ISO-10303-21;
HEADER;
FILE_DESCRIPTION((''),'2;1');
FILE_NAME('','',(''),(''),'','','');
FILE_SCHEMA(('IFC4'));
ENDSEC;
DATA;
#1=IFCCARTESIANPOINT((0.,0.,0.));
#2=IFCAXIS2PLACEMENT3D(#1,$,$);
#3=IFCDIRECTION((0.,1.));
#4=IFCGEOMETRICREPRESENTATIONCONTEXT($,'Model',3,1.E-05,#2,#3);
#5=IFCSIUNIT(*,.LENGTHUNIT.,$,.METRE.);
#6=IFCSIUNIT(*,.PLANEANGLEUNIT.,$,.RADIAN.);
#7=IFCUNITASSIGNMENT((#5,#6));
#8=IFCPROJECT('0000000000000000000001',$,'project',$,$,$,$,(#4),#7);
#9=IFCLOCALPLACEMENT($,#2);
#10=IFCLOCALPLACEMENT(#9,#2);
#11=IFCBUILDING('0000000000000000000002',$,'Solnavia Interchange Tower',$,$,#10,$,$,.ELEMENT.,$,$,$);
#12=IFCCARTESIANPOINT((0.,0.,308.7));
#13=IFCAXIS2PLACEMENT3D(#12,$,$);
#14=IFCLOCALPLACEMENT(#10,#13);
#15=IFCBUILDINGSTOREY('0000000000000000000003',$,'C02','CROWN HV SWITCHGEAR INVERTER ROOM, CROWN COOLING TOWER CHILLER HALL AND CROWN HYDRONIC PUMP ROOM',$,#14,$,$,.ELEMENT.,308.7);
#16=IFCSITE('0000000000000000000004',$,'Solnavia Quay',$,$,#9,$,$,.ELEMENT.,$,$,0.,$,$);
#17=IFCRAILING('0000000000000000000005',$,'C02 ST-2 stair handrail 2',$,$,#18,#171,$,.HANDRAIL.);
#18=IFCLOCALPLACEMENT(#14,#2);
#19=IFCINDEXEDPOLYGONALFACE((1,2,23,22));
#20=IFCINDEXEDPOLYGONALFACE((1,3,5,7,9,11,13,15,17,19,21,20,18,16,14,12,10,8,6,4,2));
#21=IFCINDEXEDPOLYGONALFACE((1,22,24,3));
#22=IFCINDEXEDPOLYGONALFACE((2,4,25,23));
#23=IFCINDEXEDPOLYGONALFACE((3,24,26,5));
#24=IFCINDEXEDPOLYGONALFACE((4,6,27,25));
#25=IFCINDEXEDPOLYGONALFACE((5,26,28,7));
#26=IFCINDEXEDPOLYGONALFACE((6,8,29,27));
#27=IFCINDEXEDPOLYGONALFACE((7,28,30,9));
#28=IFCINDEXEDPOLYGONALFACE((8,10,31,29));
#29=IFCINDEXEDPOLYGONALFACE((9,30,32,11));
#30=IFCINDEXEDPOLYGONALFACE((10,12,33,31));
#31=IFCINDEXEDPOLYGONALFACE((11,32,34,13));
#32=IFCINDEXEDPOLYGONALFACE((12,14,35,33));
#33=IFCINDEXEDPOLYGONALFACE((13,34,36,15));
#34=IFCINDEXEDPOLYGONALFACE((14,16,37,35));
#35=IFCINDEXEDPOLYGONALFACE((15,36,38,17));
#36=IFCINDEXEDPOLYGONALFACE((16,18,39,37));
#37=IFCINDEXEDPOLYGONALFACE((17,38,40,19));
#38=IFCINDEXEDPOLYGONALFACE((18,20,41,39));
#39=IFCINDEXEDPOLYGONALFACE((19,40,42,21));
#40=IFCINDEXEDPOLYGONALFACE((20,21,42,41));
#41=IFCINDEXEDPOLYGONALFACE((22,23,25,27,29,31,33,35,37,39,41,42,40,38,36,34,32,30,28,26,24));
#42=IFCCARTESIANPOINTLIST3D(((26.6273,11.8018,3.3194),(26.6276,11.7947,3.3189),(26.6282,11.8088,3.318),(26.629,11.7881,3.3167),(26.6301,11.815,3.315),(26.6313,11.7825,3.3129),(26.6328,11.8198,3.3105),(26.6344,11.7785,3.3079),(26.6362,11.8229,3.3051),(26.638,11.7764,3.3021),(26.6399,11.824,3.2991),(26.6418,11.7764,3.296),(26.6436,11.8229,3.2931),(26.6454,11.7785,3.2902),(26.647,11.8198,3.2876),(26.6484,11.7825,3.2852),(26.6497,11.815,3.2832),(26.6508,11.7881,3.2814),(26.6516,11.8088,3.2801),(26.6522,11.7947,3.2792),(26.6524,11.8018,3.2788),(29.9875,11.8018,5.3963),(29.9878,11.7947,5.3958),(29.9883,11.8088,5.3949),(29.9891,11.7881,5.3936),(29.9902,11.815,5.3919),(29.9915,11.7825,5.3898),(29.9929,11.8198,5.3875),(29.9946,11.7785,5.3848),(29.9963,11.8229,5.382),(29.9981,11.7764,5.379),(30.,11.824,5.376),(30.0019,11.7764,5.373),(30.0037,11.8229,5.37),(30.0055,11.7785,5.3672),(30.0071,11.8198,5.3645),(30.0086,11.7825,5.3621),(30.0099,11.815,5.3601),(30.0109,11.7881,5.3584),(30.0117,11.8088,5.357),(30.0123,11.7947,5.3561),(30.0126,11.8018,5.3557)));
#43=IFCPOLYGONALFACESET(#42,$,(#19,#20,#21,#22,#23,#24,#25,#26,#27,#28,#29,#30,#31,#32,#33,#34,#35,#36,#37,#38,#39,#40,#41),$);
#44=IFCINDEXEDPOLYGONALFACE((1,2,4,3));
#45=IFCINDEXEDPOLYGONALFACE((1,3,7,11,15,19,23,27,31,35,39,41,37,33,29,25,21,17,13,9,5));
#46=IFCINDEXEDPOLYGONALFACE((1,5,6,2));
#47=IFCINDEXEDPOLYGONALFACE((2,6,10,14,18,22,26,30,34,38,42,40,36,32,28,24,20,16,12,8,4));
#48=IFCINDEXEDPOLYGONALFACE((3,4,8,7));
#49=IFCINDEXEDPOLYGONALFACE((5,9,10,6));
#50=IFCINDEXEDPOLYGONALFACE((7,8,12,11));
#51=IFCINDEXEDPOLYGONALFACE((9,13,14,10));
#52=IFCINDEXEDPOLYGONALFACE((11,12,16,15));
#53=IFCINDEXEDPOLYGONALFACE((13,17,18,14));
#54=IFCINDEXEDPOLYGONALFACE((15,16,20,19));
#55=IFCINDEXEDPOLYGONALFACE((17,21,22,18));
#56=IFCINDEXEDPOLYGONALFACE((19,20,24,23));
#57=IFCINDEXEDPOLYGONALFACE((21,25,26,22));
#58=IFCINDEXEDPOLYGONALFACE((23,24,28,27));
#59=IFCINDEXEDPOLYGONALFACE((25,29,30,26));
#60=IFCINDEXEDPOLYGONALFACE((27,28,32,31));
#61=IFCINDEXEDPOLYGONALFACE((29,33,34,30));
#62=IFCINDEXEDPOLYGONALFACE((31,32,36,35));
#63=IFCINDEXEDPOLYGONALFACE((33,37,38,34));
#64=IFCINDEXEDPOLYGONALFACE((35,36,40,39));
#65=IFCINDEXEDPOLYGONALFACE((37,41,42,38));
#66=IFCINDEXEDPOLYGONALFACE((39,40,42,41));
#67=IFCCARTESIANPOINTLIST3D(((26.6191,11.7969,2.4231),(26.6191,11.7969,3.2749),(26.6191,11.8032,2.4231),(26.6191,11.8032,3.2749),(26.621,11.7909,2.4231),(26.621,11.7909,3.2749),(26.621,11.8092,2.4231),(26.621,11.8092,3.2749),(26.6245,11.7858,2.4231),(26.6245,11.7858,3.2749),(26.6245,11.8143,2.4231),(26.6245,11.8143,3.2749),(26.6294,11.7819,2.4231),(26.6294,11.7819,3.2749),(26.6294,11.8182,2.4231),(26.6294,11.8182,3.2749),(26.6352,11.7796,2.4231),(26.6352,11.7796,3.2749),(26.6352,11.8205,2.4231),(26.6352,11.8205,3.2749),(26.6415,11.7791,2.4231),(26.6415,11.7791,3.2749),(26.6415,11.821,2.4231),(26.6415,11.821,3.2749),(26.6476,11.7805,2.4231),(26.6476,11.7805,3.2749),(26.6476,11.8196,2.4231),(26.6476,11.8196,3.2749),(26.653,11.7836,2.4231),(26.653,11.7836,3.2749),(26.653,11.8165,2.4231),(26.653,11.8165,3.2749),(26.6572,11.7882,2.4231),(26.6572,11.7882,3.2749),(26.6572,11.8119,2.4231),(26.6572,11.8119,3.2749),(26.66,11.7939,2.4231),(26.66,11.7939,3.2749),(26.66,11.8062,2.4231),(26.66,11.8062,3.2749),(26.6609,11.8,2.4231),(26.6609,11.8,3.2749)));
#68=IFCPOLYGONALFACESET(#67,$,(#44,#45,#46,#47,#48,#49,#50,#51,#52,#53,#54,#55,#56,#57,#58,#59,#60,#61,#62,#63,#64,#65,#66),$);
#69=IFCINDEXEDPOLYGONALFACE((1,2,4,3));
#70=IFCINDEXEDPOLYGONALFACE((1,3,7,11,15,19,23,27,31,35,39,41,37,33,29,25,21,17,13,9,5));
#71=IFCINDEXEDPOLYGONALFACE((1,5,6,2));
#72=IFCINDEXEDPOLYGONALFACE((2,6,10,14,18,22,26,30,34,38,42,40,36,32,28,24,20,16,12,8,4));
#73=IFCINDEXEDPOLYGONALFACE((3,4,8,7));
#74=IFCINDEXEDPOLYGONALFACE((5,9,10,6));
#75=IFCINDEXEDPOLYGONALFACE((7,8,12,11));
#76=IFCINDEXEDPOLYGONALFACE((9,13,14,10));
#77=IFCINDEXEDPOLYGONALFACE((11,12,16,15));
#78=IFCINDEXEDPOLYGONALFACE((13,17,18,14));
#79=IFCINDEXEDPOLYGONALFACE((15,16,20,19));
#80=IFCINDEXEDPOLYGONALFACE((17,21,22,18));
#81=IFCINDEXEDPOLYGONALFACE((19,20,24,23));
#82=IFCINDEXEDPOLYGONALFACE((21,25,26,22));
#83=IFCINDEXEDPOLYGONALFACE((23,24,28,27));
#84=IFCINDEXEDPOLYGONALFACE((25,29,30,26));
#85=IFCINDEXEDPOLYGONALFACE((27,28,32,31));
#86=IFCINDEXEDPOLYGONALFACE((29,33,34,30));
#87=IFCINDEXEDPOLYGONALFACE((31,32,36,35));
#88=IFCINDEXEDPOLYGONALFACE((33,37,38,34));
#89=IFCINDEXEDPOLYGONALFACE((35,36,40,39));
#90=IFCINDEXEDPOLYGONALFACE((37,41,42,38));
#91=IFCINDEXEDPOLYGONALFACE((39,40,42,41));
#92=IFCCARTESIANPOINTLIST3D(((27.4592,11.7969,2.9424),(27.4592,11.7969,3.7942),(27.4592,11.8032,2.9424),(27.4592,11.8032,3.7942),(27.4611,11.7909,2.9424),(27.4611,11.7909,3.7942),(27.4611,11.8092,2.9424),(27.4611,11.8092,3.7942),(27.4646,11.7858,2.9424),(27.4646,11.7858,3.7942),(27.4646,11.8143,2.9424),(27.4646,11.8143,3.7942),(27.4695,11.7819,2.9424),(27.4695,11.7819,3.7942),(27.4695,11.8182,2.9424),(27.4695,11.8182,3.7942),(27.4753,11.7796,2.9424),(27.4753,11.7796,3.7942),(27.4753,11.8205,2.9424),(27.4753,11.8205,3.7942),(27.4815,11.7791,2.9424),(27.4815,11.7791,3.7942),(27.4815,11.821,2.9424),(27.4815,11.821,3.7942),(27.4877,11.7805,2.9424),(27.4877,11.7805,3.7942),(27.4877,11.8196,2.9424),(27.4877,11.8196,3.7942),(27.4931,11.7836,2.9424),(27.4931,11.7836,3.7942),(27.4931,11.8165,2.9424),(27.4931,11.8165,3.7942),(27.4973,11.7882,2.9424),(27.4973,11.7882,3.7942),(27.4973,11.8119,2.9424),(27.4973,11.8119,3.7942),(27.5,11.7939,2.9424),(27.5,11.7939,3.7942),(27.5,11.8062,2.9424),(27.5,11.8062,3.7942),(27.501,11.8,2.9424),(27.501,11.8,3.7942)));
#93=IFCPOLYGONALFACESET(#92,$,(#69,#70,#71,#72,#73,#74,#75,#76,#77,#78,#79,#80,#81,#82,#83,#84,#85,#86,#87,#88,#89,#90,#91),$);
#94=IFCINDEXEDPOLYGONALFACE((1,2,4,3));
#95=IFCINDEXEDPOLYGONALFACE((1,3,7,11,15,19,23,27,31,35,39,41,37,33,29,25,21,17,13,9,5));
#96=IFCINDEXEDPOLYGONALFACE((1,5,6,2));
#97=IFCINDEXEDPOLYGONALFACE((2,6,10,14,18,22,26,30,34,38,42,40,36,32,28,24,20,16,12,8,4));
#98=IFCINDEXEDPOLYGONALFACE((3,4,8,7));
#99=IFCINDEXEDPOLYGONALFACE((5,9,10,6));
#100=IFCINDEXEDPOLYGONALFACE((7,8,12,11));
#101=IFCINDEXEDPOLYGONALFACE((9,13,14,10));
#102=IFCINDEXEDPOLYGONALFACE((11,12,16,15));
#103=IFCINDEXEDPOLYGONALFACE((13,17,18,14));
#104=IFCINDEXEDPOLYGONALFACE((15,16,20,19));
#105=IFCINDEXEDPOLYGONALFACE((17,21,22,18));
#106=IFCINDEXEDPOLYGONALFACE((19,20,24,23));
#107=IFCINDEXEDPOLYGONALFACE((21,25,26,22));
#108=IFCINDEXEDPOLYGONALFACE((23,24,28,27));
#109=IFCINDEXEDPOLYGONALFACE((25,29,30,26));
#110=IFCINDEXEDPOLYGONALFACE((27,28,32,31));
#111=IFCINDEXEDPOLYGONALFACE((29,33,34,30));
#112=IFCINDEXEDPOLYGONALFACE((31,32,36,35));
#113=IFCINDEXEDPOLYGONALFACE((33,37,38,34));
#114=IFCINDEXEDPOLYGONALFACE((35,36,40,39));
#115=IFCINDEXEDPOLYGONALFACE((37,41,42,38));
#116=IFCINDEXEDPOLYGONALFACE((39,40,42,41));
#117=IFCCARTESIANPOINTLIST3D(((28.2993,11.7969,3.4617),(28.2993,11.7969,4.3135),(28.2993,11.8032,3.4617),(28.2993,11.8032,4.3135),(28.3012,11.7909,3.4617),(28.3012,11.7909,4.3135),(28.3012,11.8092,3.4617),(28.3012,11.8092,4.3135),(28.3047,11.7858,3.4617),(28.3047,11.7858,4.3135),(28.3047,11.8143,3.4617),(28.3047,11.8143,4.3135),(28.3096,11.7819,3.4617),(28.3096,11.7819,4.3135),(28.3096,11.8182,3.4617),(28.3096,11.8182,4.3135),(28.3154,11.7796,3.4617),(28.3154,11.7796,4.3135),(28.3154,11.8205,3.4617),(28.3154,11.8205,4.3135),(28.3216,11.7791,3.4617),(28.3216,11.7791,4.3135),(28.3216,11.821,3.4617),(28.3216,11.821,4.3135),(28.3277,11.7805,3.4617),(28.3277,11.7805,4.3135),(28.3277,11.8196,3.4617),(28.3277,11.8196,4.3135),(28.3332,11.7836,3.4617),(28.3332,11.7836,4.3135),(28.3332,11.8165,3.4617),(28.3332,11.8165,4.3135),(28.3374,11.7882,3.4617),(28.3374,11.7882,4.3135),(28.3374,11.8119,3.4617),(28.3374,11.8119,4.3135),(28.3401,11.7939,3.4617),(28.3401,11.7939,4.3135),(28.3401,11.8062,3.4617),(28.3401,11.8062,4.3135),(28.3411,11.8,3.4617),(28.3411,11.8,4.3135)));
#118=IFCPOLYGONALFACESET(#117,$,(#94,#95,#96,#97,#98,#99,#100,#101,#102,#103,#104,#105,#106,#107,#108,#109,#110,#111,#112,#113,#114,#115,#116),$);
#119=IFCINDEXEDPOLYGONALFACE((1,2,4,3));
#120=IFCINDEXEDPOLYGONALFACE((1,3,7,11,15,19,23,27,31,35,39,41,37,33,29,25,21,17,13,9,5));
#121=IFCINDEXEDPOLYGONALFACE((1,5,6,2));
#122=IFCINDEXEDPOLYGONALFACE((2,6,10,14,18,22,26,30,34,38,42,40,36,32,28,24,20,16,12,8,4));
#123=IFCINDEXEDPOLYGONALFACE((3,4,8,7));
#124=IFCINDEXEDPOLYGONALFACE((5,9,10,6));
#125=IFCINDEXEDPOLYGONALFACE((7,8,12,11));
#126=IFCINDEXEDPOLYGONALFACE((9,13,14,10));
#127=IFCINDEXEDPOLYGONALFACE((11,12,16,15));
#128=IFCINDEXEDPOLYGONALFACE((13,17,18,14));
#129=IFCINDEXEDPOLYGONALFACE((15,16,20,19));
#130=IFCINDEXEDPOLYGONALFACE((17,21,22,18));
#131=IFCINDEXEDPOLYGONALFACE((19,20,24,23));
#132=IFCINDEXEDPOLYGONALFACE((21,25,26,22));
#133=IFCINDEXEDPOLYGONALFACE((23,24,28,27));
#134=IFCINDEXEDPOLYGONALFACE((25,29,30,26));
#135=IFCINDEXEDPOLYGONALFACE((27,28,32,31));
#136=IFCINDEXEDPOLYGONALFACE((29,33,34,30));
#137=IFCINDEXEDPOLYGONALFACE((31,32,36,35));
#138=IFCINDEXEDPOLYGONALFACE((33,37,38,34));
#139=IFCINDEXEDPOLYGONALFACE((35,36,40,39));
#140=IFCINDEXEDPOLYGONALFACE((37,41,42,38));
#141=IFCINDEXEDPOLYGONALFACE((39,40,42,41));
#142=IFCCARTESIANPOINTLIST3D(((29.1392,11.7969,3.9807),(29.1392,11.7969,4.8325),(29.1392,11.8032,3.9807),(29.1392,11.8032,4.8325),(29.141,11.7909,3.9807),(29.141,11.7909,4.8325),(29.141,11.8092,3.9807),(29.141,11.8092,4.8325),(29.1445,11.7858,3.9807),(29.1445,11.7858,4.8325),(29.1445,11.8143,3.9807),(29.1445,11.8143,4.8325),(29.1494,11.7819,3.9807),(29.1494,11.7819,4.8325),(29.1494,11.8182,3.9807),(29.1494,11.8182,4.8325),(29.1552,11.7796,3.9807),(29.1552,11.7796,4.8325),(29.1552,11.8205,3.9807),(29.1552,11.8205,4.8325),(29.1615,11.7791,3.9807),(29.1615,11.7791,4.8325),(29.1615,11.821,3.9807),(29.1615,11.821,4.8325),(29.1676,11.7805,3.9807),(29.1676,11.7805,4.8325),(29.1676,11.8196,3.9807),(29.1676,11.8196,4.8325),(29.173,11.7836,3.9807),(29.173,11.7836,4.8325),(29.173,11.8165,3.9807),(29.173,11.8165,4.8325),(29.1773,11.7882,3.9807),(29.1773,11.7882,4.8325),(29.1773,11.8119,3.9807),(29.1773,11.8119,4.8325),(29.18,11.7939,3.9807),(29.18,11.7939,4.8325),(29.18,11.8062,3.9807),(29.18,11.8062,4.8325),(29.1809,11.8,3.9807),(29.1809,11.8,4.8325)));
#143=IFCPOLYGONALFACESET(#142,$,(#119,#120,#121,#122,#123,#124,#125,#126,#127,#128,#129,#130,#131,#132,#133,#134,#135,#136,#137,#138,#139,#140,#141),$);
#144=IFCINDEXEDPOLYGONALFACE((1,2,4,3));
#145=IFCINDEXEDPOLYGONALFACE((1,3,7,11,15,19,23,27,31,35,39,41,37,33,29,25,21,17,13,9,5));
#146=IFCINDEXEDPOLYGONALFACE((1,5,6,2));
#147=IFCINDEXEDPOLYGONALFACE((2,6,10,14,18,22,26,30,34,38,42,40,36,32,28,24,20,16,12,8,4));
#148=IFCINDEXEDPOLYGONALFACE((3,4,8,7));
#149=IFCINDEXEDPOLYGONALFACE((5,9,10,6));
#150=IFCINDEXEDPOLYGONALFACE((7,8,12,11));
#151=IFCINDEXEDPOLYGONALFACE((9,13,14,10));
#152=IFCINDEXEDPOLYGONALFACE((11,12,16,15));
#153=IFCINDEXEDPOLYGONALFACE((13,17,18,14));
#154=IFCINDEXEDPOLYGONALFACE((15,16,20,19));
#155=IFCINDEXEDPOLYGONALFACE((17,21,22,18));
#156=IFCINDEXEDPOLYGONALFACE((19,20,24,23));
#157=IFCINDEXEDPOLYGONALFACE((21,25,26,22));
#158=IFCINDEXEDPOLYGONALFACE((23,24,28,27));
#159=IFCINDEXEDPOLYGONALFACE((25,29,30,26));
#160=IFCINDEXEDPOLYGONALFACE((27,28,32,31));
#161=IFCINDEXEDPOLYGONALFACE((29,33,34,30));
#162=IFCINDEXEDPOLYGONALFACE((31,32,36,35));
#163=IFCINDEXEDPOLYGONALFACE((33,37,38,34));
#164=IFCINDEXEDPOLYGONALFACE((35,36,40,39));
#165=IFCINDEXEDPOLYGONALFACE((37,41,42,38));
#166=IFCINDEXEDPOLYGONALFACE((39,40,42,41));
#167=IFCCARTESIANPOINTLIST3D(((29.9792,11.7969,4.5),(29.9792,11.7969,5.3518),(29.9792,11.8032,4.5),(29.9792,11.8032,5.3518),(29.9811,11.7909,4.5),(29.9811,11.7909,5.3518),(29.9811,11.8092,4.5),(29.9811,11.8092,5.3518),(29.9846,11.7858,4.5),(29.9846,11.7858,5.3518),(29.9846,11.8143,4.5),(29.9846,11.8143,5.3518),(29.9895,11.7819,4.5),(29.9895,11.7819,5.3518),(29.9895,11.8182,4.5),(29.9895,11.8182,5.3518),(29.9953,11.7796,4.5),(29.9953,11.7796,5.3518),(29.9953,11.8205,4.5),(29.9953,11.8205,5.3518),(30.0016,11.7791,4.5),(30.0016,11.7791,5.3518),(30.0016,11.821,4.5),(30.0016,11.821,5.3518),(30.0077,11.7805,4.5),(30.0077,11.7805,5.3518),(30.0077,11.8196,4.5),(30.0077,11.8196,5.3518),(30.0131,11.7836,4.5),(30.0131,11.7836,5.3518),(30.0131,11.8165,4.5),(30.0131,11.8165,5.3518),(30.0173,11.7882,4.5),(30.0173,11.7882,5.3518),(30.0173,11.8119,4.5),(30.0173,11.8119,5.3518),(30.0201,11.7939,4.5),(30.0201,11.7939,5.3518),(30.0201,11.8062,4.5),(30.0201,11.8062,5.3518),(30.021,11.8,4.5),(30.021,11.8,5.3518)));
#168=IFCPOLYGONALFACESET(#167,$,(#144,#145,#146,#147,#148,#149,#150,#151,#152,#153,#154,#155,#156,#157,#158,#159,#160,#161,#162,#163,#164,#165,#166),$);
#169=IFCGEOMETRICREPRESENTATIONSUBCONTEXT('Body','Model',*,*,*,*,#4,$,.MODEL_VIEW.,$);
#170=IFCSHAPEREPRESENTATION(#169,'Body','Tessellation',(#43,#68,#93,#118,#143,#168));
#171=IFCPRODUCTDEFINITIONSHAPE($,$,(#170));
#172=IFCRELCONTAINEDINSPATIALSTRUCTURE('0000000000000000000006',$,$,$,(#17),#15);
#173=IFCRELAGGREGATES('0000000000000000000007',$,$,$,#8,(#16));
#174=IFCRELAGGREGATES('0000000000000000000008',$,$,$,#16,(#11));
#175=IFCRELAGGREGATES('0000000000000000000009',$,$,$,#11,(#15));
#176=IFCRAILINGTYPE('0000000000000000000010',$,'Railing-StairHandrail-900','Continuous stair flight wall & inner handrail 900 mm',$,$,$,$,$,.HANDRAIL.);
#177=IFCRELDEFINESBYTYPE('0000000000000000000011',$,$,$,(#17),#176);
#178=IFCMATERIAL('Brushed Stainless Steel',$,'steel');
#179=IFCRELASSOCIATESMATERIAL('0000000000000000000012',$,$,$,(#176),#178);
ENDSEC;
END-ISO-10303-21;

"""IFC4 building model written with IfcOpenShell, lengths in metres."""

from ifc_helpers import new_model, si_unit, direction, frame, origin, origin_2d, place, context, subcontext, project, spatial, circle, extrude, material, type_object, element, save


model = new_model("IFC4")

# Units and contexts
model_context = context("Model", 3, precision=1e-05, world=origin(), true_north=direction((0.0, 1.0)))
body_context = subcontext(model_context, "Body", "Model", "MODEL_VIEW")
ifc_project = project(units=[si_unit("LENGTHUNIT", "METRE"), si_unit("PLANEANGLEUNIT", "RADIAN")], contexts=[model_context])

# Site, building, storey
site_placement = place(None, origin())
site = spatial("IfcSite", under=ifc_project, at=site_placement, Name="Solnavia Quay", CompositionType="ELEMENT", RefElevation=0.0)
building_placement = place(site_placement, origin())
building = spatial("IfcBuilding", under=site, at=building_placement, Name="Solnavia Interchange Tower", CompositionType="ELEMENT")
storey_placement = place(building_placement, frame((0.0, 0.0, 308.7)))
storey = spatial("IfcBuildingStorey", under=building, at=storey_placement, Name="C02", Description="CROWN HV SWITCHGEAR INVERTER ROOM, CROWN COOLING TOWER CHILLER HALL AND CROWN HYDRONIC PUMP ROOM", CompositionType="ELEMENT", Elevation=308.7)

# Railing
ifc_material_1 = material(Name="Brushed Stainless Steel", Category="steel")
railing_type_1 = type_object("IfcRailingType", Name="Railing-StairHandrail-900", Description="Continuous stair flight wall & inner handrail 900 mm", PredefinedType="HANDRAIL", material=ifc_material_1)
railing_1_placement = place(storey_placement, frame((26.6399, 11.8, 2.4231)))
element("IfcRailing", 1, at=railing_1_placement, inside=storey, type_object=railing_type_1, Name="C02 ST-2 stair handrail 2", PredefinedType="HANDRAIL", context=body_context, shape_type="SweptSolid", body=[
    extrude(circle(Radius=0.0239, at=origin_2d()), frame((0.0, 0.0, 0.876), z_axis=(0.850623, 0.0, 0.525776), x_axis=(0.0, 1.0, 0.0)), (0.0, 0.0, 1.0), 3.9502),
    extrude(circle(Radius=0.021, at=origin_2d()), origin(), (0.0, 0.0, 1.0), 0.8518),
    extrude(circle(Radius=0.021, at=origin_2d()), frame((0.8401, 0.0, 0.5193)), (0.0, 0.0, 1.0), 0.8518),
    extrude(circle(Radius=0.021, at=origin_2d()), frame((1.6802, 0.0, 1.0386)), (0.0, 0.0, 1.0), 0.8518),
    extrude(circle(Radius=0.021, at=origin_2d()), frame((2.52, 0.0, 1.5576)), (0.0, 0.0, 1.0), 0.8518),
    extrude(circle(Radius=0.021, at=origin_2d()), frame((3.3601, 0.0, 2.0769)), (0.0, 0.0, 1.0), 0.8518),
])

save(model, "model.ifc")
